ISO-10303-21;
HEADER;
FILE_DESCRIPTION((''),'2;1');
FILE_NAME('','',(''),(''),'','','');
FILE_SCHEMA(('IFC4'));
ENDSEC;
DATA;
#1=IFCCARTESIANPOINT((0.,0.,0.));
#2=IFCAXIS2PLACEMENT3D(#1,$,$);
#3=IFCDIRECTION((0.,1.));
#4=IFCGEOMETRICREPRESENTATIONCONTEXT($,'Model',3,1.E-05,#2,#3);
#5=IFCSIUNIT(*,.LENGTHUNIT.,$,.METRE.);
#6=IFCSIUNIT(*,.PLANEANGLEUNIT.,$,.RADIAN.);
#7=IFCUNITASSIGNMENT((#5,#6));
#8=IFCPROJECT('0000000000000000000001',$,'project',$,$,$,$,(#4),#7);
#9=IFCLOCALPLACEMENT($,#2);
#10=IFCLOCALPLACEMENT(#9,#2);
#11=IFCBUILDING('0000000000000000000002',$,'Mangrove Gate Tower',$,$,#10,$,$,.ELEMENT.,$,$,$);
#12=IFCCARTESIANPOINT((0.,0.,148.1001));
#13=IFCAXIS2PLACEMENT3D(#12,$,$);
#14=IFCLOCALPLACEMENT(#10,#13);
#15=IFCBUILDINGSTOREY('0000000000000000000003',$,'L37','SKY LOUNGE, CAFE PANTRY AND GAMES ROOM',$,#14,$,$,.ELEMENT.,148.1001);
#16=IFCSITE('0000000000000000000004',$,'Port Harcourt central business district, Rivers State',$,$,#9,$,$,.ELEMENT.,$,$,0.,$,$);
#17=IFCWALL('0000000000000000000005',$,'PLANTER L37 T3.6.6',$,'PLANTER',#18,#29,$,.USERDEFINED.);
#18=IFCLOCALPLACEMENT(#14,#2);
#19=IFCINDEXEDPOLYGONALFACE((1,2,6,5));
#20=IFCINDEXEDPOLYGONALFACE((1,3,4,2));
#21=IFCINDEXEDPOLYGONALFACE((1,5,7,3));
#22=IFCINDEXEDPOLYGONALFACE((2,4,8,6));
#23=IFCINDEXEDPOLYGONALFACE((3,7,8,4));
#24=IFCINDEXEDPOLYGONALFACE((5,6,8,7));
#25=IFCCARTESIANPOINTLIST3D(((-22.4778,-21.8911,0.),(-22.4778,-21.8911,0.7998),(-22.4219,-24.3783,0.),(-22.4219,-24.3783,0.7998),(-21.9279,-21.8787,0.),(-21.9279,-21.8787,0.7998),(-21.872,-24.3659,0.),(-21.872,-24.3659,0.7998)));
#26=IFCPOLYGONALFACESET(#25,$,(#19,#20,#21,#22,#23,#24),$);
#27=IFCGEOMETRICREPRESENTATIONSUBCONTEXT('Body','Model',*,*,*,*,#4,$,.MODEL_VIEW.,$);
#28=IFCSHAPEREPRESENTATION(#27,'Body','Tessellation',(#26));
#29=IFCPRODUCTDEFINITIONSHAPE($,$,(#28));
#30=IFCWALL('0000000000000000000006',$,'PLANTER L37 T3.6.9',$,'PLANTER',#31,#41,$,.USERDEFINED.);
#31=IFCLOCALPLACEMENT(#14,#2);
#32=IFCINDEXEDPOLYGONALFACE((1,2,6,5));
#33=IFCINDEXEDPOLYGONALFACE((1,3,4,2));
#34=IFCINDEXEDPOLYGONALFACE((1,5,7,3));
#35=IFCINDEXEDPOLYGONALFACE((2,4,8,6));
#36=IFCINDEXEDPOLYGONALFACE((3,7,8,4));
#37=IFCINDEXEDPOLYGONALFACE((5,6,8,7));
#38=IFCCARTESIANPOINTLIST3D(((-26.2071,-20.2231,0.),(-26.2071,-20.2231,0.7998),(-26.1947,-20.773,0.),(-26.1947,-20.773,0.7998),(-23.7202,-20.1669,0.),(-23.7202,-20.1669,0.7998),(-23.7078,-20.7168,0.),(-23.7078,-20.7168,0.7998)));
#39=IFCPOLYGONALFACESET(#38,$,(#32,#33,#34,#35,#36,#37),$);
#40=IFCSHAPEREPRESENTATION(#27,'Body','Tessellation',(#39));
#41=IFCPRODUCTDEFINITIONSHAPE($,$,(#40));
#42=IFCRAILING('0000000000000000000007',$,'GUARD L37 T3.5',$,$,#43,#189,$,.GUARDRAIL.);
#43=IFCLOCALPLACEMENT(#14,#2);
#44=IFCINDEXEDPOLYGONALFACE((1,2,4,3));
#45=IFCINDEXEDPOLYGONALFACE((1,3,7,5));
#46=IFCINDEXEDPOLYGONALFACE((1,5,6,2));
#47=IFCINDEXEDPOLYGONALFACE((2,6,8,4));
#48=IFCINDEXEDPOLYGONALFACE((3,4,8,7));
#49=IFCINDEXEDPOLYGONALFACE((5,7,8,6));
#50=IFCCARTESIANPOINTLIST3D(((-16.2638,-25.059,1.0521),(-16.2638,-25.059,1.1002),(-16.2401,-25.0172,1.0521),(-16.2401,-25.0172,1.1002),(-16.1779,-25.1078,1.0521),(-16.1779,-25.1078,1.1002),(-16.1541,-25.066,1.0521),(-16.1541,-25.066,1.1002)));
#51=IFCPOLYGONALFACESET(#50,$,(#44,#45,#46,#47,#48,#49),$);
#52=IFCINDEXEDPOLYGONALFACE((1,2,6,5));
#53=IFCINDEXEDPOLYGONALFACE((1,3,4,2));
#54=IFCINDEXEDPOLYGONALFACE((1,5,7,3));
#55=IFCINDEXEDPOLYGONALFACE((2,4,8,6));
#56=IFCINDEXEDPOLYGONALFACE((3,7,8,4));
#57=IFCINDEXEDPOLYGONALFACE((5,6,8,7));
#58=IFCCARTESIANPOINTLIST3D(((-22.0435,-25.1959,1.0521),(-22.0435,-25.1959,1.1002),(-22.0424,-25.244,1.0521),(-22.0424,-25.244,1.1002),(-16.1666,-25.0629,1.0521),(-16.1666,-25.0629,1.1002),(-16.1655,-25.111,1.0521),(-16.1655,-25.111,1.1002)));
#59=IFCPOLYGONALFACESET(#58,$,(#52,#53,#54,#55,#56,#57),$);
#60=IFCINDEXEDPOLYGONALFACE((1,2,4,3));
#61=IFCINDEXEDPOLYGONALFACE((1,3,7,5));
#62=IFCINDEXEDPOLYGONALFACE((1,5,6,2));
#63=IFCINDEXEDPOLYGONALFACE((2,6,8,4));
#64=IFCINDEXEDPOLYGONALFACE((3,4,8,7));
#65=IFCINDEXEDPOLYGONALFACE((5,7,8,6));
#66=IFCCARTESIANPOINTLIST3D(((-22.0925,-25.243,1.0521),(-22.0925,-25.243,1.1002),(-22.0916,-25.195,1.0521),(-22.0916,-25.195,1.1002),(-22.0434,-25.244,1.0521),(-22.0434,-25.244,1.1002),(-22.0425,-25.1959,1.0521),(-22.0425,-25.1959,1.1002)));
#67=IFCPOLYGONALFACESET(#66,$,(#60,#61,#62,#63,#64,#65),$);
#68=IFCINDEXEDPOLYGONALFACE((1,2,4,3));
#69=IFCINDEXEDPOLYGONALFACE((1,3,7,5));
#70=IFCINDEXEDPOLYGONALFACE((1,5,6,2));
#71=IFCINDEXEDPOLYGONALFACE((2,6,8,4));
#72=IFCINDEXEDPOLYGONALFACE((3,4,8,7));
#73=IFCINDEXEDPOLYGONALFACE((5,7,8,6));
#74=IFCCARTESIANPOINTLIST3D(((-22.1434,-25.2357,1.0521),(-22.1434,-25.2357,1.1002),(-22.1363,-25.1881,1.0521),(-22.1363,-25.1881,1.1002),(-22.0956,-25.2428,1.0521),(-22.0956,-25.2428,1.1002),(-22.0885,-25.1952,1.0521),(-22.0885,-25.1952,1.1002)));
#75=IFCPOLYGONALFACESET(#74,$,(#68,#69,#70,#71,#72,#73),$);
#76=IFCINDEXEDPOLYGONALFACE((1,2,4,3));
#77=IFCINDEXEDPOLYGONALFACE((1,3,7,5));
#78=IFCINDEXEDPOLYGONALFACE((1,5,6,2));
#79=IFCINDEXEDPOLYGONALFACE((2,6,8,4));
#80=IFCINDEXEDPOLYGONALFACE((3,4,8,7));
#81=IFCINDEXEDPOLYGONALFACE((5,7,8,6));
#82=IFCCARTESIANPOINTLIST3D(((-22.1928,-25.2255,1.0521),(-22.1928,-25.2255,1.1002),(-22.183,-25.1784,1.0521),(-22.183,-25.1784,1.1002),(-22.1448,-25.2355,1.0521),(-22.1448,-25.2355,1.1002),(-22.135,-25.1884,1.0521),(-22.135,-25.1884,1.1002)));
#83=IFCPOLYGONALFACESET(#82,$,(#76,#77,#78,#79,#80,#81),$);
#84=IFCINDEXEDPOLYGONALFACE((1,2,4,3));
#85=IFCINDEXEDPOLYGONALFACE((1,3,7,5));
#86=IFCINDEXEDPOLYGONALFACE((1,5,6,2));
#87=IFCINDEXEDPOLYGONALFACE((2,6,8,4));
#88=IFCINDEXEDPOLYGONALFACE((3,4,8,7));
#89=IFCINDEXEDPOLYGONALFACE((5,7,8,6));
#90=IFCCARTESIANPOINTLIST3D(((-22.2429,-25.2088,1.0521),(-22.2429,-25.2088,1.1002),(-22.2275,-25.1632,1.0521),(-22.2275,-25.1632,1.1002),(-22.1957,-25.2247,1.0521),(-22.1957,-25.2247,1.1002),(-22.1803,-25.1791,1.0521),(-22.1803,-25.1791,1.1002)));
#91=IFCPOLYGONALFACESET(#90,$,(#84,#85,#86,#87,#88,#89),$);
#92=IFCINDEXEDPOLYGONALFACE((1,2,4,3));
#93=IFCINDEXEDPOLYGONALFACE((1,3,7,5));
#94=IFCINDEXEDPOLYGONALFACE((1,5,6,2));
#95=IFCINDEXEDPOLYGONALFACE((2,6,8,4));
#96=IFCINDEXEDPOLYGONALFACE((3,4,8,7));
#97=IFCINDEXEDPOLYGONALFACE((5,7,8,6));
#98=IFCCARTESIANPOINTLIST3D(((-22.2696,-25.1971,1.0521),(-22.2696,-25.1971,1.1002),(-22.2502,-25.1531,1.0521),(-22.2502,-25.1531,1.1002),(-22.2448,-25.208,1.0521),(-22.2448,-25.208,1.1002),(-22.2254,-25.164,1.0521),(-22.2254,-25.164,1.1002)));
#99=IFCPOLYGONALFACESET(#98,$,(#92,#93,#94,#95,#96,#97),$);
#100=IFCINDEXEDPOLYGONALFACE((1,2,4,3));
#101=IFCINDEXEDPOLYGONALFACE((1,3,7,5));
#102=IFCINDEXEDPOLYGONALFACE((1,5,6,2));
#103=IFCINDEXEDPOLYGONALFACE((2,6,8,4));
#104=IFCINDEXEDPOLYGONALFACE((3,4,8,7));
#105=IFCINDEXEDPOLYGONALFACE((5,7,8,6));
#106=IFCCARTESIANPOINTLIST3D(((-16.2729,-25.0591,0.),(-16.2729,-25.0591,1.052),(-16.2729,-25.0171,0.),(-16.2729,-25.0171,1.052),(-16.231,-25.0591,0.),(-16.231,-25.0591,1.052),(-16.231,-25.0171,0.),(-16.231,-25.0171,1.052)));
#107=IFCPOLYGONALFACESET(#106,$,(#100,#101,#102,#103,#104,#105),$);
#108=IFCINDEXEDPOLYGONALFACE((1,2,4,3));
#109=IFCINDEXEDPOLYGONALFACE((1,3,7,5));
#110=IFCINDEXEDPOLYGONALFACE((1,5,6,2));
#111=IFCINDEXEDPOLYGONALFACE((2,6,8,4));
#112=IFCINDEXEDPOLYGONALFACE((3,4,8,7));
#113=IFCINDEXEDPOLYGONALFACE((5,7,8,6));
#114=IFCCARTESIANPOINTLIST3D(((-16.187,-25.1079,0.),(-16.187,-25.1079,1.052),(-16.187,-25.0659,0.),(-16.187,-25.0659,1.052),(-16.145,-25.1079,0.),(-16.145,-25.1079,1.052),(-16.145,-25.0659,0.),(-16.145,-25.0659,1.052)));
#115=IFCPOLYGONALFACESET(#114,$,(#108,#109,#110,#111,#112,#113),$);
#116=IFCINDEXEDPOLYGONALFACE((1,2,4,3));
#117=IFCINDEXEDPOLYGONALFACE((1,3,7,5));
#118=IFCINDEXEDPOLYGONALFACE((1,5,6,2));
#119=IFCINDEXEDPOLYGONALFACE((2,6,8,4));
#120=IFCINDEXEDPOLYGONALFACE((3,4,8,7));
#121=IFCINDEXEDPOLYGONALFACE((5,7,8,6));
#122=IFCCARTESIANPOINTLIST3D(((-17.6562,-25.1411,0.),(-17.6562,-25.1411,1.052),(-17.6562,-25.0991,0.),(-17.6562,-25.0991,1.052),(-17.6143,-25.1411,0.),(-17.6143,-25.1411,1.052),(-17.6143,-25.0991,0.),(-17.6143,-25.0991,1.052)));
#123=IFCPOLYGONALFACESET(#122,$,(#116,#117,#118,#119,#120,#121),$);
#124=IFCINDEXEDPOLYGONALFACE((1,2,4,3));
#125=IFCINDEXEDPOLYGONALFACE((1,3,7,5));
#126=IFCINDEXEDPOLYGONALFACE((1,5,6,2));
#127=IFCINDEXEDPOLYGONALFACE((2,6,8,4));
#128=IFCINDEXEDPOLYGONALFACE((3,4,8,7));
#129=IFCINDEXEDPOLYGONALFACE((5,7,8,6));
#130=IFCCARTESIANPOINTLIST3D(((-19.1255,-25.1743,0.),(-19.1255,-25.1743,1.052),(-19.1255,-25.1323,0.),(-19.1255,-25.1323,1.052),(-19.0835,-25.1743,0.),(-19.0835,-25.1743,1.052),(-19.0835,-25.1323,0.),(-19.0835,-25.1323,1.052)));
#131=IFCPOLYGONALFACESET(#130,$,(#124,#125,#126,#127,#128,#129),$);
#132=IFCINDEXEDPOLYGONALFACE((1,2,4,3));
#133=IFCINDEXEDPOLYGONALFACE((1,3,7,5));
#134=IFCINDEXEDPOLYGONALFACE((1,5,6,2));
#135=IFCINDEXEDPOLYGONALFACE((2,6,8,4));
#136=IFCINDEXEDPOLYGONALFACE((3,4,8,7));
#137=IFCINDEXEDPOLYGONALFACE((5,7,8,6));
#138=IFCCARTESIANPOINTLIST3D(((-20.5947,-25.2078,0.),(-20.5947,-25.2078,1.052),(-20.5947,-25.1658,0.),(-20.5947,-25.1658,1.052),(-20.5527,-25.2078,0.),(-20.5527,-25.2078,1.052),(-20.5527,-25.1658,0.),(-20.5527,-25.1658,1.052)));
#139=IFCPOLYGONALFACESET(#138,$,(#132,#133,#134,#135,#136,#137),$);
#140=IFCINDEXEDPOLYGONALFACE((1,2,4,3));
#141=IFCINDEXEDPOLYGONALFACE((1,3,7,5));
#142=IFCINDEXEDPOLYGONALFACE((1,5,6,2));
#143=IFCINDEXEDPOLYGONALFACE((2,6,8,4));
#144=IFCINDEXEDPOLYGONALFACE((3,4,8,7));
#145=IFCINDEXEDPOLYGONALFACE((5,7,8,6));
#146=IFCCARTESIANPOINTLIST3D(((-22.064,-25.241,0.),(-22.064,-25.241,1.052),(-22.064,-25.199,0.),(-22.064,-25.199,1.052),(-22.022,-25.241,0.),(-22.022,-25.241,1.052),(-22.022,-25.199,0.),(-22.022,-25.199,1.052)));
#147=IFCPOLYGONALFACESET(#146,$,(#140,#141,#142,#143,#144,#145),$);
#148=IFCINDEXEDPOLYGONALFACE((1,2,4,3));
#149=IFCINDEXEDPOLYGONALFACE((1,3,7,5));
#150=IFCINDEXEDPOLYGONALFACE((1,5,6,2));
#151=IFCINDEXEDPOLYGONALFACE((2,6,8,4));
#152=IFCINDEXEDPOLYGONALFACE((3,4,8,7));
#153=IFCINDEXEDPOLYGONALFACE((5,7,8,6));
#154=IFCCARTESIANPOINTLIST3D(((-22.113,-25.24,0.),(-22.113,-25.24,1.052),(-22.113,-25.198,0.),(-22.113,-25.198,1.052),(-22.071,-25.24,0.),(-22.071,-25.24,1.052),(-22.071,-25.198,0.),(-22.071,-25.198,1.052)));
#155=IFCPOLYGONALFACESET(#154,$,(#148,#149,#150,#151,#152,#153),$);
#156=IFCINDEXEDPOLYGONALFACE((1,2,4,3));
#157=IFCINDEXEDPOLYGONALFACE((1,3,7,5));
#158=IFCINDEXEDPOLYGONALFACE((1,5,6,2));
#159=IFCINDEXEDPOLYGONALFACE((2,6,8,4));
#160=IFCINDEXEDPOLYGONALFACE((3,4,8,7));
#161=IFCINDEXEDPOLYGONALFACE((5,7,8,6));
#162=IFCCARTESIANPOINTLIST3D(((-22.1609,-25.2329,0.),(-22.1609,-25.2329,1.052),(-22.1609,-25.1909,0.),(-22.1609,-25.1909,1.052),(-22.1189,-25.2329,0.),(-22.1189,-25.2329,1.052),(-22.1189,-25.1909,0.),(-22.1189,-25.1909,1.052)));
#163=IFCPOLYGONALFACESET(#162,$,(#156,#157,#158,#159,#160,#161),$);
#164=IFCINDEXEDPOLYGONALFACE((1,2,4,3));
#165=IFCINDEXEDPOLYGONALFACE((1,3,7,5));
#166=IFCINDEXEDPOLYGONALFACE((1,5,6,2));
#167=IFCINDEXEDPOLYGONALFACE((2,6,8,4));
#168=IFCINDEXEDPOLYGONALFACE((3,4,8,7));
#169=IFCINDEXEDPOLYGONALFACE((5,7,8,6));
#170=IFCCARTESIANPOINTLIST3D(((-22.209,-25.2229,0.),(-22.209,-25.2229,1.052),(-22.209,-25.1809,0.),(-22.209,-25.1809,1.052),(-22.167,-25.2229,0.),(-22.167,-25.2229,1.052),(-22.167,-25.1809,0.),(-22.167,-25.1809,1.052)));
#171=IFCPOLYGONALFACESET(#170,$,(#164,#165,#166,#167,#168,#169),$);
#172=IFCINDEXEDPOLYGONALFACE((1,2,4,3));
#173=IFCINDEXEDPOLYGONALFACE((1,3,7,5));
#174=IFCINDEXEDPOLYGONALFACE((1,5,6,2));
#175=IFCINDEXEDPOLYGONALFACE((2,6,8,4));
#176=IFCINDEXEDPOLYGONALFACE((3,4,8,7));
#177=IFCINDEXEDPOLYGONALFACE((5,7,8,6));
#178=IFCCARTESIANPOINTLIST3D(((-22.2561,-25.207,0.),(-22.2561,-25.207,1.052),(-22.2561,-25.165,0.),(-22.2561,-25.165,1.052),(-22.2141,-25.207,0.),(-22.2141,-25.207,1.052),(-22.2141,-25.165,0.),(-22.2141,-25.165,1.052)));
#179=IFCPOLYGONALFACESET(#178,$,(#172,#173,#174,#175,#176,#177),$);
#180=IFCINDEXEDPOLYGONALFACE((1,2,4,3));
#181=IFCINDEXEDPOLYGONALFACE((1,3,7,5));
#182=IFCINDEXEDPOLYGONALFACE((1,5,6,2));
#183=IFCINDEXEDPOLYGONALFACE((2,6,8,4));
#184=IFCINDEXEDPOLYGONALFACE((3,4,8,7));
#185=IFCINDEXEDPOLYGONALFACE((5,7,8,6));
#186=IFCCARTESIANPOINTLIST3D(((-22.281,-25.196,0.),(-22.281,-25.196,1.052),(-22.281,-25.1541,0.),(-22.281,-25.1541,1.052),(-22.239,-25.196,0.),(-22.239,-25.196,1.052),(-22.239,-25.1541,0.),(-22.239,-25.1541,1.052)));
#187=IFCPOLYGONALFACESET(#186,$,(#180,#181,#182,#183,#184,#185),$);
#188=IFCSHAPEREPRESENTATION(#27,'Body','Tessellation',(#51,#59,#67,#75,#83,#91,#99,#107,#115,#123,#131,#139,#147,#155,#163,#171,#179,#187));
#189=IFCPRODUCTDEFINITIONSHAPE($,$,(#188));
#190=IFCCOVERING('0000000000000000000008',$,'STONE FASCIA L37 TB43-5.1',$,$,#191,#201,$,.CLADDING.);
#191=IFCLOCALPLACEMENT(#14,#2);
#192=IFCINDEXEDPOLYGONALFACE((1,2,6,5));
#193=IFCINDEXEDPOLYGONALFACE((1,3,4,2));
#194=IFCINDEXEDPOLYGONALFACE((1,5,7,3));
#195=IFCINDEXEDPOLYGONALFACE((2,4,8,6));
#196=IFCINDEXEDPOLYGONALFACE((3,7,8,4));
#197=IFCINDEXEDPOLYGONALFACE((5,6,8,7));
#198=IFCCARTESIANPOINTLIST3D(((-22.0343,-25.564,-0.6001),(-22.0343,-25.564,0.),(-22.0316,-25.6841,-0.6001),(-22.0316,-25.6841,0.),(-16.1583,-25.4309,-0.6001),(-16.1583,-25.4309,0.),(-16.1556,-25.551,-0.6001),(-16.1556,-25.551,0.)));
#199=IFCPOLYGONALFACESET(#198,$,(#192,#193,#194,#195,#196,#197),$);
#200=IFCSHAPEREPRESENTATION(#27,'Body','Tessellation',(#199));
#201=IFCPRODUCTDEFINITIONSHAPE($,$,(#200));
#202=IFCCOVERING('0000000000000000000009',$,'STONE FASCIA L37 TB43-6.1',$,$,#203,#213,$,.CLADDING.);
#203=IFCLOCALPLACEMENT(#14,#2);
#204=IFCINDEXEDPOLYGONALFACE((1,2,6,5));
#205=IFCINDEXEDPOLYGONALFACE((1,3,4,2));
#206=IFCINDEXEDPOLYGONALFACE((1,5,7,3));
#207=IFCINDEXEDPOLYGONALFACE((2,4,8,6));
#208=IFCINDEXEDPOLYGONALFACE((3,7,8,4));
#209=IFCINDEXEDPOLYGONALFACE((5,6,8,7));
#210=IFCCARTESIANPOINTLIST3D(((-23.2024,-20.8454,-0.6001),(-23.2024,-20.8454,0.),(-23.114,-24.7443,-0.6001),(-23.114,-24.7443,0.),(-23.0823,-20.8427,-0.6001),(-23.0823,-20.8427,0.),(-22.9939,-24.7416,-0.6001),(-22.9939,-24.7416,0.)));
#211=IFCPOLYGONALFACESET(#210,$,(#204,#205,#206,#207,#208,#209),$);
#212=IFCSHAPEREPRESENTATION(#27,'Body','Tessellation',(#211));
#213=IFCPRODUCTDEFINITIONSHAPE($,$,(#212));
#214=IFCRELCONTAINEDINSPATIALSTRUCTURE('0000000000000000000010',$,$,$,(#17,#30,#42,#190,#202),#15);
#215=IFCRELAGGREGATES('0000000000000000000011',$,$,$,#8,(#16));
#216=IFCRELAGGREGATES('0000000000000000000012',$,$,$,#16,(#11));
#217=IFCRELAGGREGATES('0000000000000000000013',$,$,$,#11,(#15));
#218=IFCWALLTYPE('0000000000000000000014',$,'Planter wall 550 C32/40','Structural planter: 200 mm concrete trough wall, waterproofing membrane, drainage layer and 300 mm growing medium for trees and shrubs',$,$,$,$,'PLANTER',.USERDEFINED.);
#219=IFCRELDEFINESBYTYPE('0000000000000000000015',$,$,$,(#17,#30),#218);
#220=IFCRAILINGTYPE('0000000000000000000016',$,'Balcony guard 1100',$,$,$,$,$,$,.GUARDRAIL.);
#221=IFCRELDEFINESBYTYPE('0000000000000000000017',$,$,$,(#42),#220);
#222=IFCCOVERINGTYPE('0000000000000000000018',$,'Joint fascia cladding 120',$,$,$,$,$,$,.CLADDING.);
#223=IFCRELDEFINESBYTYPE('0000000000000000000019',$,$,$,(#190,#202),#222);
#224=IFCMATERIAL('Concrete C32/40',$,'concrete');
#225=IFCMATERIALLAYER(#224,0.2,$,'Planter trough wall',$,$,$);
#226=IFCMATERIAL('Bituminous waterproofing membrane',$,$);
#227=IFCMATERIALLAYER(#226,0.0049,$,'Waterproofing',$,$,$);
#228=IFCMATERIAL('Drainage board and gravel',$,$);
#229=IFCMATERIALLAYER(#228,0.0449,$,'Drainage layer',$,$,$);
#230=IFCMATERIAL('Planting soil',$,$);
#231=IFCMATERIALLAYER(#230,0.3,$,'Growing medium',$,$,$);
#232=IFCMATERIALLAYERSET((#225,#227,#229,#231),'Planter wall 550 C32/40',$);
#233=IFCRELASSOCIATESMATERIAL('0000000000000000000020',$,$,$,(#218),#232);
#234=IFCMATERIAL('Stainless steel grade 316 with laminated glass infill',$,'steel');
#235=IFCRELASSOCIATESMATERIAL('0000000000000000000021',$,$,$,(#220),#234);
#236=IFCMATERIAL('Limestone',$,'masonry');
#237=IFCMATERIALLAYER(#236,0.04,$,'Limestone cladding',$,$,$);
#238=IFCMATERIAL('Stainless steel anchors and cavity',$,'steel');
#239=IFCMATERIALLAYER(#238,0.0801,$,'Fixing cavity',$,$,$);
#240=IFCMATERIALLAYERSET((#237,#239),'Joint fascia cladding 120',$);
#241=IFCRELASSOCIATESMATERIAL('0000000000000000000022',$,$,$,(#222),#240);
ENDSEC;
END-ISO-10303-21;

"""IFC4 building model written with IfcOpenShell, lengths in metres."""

from ifc_helpers import new_model, si_unit, direction, frame, frame_2d, origin, origin_2d, place, context, subcontext, project, spatial, rectangle, extrude, material, layer, layer_set, type_object, element, save


model = new_model("IFC4")

# Units and contexts
model_context = context("Model", 3, precision=1e-05, world=origin(), true_north=direction((0.0, 1.0)))
body_context = subcontext(model_context, "Body", "Model", "MODEL_VIEW")
ifc_project = project(units=[si_unit("LENGTHUNIT", "METRE"), si_unit("PLANEANGLEUNIT", "RADIAN")], contexts=[model_context])

# Site, building, storey
site_placement = place(None, origin())
site = spatial("IfcSite", under=ifc_project, at=site_placement, Name="Port Harcourt central business district, Rivers State", CompositionType="ELEMENT", RefElevation=0.0)
building_placement = place(site_placement, origin())
building = spatial("IfcBuilding", under=site, at=building_placement, Name="Mangrove Gate Tower", CompositionType="ELEMENT")
storey_placement = place(building_placement, frame((0.0, 0.0, 148.1001)))
storey = spatial("IfcBuildingStorey", under=building, at=storey_placement, Name="L37", Description="SKY LOUNGE, CAFE PANTRY AND GAMES ROOM", CompositionType="ELEMENT", Elevation=148.1001)

# Shared definitions
ifc_material_1 = material(Name="Limestone", Category="masonry")

# Walls
ifc_material_2 = material(Name="Concrete C32/40", Category="concrete")
ifc_layer_1 = layer(ifc_material_2, 0.2, Name="Planter trough wall")
ifc_material_3 = material(Name="Bituminous waterproofing membrane")
ifc_layer_2 = layer(ifc_material_3, 0.0049, Name="Waterproofing")
ifc_material_4 = material(Name="Drainage board and gravel")
ifc_layer_3 = layer(ifc_material_4, 0.0449, Name="Drainage layer")
ifc_material_5 = material(Name="Planting soil")
ifc_layer_4 = layer(ifc_material_5, 0.3, Name="Growing medium")
ifc_layer_set_1 = layer_set([ifc_layer_1, ifc_layer_2, ifc_layer_3, ifc_layer_4], Name="Planter wall 550 C32/40")
wall_type_1 = type_object("IfcWallType", Name="Planter wall 550 C32/40", Description="Structural planter: 200 mm concrete trough wall, waterproofing membrane, drainage layer and 300 mm growing medium for trees and shrubs", ElementType="PLANTER", PredefinedType="USERDEFINED", material=ifc_layer_set_1)
wall_1_placement = place(storey_placement, frame((-22.147, -24.3721, 0.0), z_axis=(0.0, 0.0, 1.0), x_axis=(-0.022474, 0.999747, 0.0)))
element("IfcWall", 1, at=wall_1_placement, inside=storey, type_object=wall_type_1, Name="PLANTER L37 T3.6.6", ObjectType="PLANTER", PredefinedType="USERDEFINED", context=body_context, shape_type="SweptSolid", body=[
    extrude(rectangle(XDim=2.4878, YDim=0.55, at=frame_2d((1.2439, 0.0))), origin(), (0.0, 0.0, 1.0), 0.7998),
])
wall_2_placement = place(storey_placement, frame((-23.7141, -20.4419, 0.0), z_axis=(0.0, 0.0, 1.0), x_axis=(-0.999745, -0.022574, 0.0)))
element("IfcWall", 2, at=wall_2_placement, inside=storey, type_object=wall_type_1, Name="PLANTER L37 T3.6.9", ObjectType="PLANTER", PredefinedType="USERDEFINED", context=body_context, shape_type="SweptSolid", body=[
    extrude(rectangle(XDim=2.4875, YDim=0.55, at=frame_2d((1.2437, 0.0))), origin(), (0.0, 0.0, 1.0), 0.7998),
])

# Railing
ifc_material_6 = material(Name="Stainless steel grade 316 with laminated glass infill", Category="steel")
railing_type = type_object("IfcRailingType", Name="Balcony guard 1100", PredefinedType="GUARDRAIL", material=ifc_material_6)
railing_1_placement = place(storey_placement, frame((-16.252, -25.0381, 0.0)))
element("IfcRailing", 3, at=railing_1_placement, inside=storey, type_object=railing_type, Name="GUARD L37 T3.5", PredefinedType="GUARDRAIL", context=body_context, shape_type="SweptSolid", body=[
    extrude(rectangle(XDim=0.0481, YDim=0.0481, at=origin_2d()), frame((0.0, 0.0, 1.0762), z_axis=(0.869457, -0.494009, 0.0), x_axis=(0.494009, 0.869457, 0.0)), (0.0, 0.0, 1.0), 0.0989),
    extrude(rectangle(XDim=0.0481, YDim=0.0481, at=origin_2d()), frame((0.0859, -0.0488, 1.0762), z_axis=(-0.999744, -0.022635, 0.0), x_axis=(0.022635, -0.999744, 0.0)), (0.0, 0.0, 1.0), 5.8784),
    extrude(rectangle(XDim=0.0481, YDim=0.0481, at=origin_2d()), frame((-5.791, -0.1819, 1.0762), z_axis=(-0.999802, 0.019897, 0.0), x_axis=(-0.019897, -0.999802, 0.0)), (0.0, 0.0, 1.0), 0.0491),
    extrude(rectangle(XDim=0.0481, YDim=0.0481, at=origin_2d()), frame((-5.8401, -0.1809, 1.0762), z_axis=(-0.989231, 0.146366, 0.0), x_axis=(-0.146366, -0.989231, 0.0)), (0.0, 0.0, 1.0), 0.0483),
    extrude(rectangle(XDim=0.0481, YDim=0.0481, at=origin_2d()), frame((-5.8879, -0.1738, 1.0762), z_axis=(-0.979022, 0.203756, 0.0), x_axis=(-0.203756, -0.979022, 0.0)), (0.0, 0.0, 1.0), 0.0491),
    extrude(rectangle(XDim=0.0481, YDim=0.0481, at=origin_2d()), frame((-5.936, -0.1638, 1.0762), z_axis=(-0.947697, 0.319172, 0.0), x_axis=(-0.319172, -0.947697, 0.0)), (0.0, 0.0, 1.0), 0.0498),
    extrude(rectangle(XDim=0.0481, YDim=0.0481, at=origin_2d()), frame((-5.9832, -0.1479, 1.0762), z_axis=(-0.914918, 0.40364, 0.0), x_axis=(-0.40364, -0.914918, 0.0)), (0.0, 0.0, 1.0), 0.0271),
    extrude(rectangle(XDim=0.042, YDim=0.042, at=origin_2d()), origin(), (0.0, 0.0, 1.0), 1.052),
    extrude(rectangle(XDim=0.042, YDim=0.042, at=origin_2d()), frame((0.0859, -0.0488, 0.0)), (0.0, 0.0, 1.0), 1.052),
    extrude(rectangle(XDim=0.042, YDim=0.042, at=origin_2d()), frame((-1.3833, -0.082, 0.0)), (0.0, 0.0, 1.0), 1.052),
    extrude(rectangle(XDim=0.042, YDim=0.042, at=origin_2d()), frame((-2.8525, -0.1152, 0.0)), (0.0, 0.0, 1.0), 1.052),
    extrude(rectangle(XDim=0.042, YDim=0.042, at=origin_2d()), frame((-4.3218, -0.1487, 0.0)), (0.0, 0.0, 1.0), 1.052),
    extrude(rectangle(XDim=0.042, YDim=0.042, at=origin_2d()), frame((-5.791, -0.1819, 0.0)), (0.0, 0.0, 1.0), 1.052),
    extrude(rectangle(XDim=0.042, YDim=0.042, at=origin_2d()), frame((-5.8401, -0.1809, 0.0)), (0.0, 0.0, 1.0), 1.052),
    extrude(rectangle(XDim=0.042, YDim=0.042, at=origin_2d()), frame((-5.8879, -0.1738, 0.0)), (0.0, 0.0, 1.0), 1.052),
    extrude(rectangle(XDim=0.042, YDim=0.042, at=origin_2d()), frame((-5.936, -0.1638, 0.0)), (0.0, 0.0, 1.0), 1.052),
    extrude(rectangle(XDim=0.042, YDim=0.042, at=origin_2d()), frame((-5.9832, -0.1479, 0.0)), (0.0, 0.0, 1.0), 1.052),
    extrude(rectangle(XDim=0.042, YDim=0.042, at=origin_2d()), frame((-6.0081, -0.137, 0.0)), (0.0, 0.0, 1.0), 1.052),
])

# Coverings
ifc_layer_5 = layer(ifc_material_1, 0.04, Name="Limestone cladding")
ifc_material_7 = material(Name="Stainless steel anchors and cavity", Category="steel")
ifc_layer_6 = layer(ifc_material_7, 0.0801, Name="Fixing cavity")
ifc_layer_set_2 = layer_set([ifc_layer_5, ifc_layer_6], Name="Joint fascia cladding 120")
covering_type = type_object("IfcCoveringType", Name="Joint fascia cladding 120", PredefinedType="CLADDING", material=ifc_layer_set_2)
covering_1_placement = place(storey_placement, frame((-16.157, -25.491, -0.6001), z_axis=(0.0, 0.0, 1.0), x_axis=(-0.999744, -0.022638, 0.0)))
element("IfcCovering", 4, at=covering_1_placement, inside=storey, type_object=covering_type, Name="STONE FASCIA L37 TB43-5.1", PredefinedType="CLADDING", context=body_context, shape_type="SweptSolid", body=[
    extrude(rectangle(XDim=5.8774, YDim=0.1201, at=frame_2d((2.9387, 0.0))), origin(), (0.0, 0.0, 1.0), 0.6001),
])
for number, where, z_axis, x_axis, name in (
    (5, (-23.054, -24.7429, -0.6001), (0.0, 0.0, 1.0), (-0.022662, 0.999743, 0.0), "STONE FASCIA L37 TB43-6.1"),
):
    element("IfcCovering", number, at=place(storey_placement, frame(where, z_axis=z_axis, x_axis=x_axis)), inside=storey, type_object=covering_type, Name=name, PredefinedType="CLADDING", context=body_context, shape_type="SweptSolid", body=[
        extrude(rectangle(XDim=3.8999, YDim=0.1201, at=frame_2d((1.95, 0.0))), origin(), (0.0, 0.0, 1.0), 0.6001),
    ])

save(model, "model.ifc")
